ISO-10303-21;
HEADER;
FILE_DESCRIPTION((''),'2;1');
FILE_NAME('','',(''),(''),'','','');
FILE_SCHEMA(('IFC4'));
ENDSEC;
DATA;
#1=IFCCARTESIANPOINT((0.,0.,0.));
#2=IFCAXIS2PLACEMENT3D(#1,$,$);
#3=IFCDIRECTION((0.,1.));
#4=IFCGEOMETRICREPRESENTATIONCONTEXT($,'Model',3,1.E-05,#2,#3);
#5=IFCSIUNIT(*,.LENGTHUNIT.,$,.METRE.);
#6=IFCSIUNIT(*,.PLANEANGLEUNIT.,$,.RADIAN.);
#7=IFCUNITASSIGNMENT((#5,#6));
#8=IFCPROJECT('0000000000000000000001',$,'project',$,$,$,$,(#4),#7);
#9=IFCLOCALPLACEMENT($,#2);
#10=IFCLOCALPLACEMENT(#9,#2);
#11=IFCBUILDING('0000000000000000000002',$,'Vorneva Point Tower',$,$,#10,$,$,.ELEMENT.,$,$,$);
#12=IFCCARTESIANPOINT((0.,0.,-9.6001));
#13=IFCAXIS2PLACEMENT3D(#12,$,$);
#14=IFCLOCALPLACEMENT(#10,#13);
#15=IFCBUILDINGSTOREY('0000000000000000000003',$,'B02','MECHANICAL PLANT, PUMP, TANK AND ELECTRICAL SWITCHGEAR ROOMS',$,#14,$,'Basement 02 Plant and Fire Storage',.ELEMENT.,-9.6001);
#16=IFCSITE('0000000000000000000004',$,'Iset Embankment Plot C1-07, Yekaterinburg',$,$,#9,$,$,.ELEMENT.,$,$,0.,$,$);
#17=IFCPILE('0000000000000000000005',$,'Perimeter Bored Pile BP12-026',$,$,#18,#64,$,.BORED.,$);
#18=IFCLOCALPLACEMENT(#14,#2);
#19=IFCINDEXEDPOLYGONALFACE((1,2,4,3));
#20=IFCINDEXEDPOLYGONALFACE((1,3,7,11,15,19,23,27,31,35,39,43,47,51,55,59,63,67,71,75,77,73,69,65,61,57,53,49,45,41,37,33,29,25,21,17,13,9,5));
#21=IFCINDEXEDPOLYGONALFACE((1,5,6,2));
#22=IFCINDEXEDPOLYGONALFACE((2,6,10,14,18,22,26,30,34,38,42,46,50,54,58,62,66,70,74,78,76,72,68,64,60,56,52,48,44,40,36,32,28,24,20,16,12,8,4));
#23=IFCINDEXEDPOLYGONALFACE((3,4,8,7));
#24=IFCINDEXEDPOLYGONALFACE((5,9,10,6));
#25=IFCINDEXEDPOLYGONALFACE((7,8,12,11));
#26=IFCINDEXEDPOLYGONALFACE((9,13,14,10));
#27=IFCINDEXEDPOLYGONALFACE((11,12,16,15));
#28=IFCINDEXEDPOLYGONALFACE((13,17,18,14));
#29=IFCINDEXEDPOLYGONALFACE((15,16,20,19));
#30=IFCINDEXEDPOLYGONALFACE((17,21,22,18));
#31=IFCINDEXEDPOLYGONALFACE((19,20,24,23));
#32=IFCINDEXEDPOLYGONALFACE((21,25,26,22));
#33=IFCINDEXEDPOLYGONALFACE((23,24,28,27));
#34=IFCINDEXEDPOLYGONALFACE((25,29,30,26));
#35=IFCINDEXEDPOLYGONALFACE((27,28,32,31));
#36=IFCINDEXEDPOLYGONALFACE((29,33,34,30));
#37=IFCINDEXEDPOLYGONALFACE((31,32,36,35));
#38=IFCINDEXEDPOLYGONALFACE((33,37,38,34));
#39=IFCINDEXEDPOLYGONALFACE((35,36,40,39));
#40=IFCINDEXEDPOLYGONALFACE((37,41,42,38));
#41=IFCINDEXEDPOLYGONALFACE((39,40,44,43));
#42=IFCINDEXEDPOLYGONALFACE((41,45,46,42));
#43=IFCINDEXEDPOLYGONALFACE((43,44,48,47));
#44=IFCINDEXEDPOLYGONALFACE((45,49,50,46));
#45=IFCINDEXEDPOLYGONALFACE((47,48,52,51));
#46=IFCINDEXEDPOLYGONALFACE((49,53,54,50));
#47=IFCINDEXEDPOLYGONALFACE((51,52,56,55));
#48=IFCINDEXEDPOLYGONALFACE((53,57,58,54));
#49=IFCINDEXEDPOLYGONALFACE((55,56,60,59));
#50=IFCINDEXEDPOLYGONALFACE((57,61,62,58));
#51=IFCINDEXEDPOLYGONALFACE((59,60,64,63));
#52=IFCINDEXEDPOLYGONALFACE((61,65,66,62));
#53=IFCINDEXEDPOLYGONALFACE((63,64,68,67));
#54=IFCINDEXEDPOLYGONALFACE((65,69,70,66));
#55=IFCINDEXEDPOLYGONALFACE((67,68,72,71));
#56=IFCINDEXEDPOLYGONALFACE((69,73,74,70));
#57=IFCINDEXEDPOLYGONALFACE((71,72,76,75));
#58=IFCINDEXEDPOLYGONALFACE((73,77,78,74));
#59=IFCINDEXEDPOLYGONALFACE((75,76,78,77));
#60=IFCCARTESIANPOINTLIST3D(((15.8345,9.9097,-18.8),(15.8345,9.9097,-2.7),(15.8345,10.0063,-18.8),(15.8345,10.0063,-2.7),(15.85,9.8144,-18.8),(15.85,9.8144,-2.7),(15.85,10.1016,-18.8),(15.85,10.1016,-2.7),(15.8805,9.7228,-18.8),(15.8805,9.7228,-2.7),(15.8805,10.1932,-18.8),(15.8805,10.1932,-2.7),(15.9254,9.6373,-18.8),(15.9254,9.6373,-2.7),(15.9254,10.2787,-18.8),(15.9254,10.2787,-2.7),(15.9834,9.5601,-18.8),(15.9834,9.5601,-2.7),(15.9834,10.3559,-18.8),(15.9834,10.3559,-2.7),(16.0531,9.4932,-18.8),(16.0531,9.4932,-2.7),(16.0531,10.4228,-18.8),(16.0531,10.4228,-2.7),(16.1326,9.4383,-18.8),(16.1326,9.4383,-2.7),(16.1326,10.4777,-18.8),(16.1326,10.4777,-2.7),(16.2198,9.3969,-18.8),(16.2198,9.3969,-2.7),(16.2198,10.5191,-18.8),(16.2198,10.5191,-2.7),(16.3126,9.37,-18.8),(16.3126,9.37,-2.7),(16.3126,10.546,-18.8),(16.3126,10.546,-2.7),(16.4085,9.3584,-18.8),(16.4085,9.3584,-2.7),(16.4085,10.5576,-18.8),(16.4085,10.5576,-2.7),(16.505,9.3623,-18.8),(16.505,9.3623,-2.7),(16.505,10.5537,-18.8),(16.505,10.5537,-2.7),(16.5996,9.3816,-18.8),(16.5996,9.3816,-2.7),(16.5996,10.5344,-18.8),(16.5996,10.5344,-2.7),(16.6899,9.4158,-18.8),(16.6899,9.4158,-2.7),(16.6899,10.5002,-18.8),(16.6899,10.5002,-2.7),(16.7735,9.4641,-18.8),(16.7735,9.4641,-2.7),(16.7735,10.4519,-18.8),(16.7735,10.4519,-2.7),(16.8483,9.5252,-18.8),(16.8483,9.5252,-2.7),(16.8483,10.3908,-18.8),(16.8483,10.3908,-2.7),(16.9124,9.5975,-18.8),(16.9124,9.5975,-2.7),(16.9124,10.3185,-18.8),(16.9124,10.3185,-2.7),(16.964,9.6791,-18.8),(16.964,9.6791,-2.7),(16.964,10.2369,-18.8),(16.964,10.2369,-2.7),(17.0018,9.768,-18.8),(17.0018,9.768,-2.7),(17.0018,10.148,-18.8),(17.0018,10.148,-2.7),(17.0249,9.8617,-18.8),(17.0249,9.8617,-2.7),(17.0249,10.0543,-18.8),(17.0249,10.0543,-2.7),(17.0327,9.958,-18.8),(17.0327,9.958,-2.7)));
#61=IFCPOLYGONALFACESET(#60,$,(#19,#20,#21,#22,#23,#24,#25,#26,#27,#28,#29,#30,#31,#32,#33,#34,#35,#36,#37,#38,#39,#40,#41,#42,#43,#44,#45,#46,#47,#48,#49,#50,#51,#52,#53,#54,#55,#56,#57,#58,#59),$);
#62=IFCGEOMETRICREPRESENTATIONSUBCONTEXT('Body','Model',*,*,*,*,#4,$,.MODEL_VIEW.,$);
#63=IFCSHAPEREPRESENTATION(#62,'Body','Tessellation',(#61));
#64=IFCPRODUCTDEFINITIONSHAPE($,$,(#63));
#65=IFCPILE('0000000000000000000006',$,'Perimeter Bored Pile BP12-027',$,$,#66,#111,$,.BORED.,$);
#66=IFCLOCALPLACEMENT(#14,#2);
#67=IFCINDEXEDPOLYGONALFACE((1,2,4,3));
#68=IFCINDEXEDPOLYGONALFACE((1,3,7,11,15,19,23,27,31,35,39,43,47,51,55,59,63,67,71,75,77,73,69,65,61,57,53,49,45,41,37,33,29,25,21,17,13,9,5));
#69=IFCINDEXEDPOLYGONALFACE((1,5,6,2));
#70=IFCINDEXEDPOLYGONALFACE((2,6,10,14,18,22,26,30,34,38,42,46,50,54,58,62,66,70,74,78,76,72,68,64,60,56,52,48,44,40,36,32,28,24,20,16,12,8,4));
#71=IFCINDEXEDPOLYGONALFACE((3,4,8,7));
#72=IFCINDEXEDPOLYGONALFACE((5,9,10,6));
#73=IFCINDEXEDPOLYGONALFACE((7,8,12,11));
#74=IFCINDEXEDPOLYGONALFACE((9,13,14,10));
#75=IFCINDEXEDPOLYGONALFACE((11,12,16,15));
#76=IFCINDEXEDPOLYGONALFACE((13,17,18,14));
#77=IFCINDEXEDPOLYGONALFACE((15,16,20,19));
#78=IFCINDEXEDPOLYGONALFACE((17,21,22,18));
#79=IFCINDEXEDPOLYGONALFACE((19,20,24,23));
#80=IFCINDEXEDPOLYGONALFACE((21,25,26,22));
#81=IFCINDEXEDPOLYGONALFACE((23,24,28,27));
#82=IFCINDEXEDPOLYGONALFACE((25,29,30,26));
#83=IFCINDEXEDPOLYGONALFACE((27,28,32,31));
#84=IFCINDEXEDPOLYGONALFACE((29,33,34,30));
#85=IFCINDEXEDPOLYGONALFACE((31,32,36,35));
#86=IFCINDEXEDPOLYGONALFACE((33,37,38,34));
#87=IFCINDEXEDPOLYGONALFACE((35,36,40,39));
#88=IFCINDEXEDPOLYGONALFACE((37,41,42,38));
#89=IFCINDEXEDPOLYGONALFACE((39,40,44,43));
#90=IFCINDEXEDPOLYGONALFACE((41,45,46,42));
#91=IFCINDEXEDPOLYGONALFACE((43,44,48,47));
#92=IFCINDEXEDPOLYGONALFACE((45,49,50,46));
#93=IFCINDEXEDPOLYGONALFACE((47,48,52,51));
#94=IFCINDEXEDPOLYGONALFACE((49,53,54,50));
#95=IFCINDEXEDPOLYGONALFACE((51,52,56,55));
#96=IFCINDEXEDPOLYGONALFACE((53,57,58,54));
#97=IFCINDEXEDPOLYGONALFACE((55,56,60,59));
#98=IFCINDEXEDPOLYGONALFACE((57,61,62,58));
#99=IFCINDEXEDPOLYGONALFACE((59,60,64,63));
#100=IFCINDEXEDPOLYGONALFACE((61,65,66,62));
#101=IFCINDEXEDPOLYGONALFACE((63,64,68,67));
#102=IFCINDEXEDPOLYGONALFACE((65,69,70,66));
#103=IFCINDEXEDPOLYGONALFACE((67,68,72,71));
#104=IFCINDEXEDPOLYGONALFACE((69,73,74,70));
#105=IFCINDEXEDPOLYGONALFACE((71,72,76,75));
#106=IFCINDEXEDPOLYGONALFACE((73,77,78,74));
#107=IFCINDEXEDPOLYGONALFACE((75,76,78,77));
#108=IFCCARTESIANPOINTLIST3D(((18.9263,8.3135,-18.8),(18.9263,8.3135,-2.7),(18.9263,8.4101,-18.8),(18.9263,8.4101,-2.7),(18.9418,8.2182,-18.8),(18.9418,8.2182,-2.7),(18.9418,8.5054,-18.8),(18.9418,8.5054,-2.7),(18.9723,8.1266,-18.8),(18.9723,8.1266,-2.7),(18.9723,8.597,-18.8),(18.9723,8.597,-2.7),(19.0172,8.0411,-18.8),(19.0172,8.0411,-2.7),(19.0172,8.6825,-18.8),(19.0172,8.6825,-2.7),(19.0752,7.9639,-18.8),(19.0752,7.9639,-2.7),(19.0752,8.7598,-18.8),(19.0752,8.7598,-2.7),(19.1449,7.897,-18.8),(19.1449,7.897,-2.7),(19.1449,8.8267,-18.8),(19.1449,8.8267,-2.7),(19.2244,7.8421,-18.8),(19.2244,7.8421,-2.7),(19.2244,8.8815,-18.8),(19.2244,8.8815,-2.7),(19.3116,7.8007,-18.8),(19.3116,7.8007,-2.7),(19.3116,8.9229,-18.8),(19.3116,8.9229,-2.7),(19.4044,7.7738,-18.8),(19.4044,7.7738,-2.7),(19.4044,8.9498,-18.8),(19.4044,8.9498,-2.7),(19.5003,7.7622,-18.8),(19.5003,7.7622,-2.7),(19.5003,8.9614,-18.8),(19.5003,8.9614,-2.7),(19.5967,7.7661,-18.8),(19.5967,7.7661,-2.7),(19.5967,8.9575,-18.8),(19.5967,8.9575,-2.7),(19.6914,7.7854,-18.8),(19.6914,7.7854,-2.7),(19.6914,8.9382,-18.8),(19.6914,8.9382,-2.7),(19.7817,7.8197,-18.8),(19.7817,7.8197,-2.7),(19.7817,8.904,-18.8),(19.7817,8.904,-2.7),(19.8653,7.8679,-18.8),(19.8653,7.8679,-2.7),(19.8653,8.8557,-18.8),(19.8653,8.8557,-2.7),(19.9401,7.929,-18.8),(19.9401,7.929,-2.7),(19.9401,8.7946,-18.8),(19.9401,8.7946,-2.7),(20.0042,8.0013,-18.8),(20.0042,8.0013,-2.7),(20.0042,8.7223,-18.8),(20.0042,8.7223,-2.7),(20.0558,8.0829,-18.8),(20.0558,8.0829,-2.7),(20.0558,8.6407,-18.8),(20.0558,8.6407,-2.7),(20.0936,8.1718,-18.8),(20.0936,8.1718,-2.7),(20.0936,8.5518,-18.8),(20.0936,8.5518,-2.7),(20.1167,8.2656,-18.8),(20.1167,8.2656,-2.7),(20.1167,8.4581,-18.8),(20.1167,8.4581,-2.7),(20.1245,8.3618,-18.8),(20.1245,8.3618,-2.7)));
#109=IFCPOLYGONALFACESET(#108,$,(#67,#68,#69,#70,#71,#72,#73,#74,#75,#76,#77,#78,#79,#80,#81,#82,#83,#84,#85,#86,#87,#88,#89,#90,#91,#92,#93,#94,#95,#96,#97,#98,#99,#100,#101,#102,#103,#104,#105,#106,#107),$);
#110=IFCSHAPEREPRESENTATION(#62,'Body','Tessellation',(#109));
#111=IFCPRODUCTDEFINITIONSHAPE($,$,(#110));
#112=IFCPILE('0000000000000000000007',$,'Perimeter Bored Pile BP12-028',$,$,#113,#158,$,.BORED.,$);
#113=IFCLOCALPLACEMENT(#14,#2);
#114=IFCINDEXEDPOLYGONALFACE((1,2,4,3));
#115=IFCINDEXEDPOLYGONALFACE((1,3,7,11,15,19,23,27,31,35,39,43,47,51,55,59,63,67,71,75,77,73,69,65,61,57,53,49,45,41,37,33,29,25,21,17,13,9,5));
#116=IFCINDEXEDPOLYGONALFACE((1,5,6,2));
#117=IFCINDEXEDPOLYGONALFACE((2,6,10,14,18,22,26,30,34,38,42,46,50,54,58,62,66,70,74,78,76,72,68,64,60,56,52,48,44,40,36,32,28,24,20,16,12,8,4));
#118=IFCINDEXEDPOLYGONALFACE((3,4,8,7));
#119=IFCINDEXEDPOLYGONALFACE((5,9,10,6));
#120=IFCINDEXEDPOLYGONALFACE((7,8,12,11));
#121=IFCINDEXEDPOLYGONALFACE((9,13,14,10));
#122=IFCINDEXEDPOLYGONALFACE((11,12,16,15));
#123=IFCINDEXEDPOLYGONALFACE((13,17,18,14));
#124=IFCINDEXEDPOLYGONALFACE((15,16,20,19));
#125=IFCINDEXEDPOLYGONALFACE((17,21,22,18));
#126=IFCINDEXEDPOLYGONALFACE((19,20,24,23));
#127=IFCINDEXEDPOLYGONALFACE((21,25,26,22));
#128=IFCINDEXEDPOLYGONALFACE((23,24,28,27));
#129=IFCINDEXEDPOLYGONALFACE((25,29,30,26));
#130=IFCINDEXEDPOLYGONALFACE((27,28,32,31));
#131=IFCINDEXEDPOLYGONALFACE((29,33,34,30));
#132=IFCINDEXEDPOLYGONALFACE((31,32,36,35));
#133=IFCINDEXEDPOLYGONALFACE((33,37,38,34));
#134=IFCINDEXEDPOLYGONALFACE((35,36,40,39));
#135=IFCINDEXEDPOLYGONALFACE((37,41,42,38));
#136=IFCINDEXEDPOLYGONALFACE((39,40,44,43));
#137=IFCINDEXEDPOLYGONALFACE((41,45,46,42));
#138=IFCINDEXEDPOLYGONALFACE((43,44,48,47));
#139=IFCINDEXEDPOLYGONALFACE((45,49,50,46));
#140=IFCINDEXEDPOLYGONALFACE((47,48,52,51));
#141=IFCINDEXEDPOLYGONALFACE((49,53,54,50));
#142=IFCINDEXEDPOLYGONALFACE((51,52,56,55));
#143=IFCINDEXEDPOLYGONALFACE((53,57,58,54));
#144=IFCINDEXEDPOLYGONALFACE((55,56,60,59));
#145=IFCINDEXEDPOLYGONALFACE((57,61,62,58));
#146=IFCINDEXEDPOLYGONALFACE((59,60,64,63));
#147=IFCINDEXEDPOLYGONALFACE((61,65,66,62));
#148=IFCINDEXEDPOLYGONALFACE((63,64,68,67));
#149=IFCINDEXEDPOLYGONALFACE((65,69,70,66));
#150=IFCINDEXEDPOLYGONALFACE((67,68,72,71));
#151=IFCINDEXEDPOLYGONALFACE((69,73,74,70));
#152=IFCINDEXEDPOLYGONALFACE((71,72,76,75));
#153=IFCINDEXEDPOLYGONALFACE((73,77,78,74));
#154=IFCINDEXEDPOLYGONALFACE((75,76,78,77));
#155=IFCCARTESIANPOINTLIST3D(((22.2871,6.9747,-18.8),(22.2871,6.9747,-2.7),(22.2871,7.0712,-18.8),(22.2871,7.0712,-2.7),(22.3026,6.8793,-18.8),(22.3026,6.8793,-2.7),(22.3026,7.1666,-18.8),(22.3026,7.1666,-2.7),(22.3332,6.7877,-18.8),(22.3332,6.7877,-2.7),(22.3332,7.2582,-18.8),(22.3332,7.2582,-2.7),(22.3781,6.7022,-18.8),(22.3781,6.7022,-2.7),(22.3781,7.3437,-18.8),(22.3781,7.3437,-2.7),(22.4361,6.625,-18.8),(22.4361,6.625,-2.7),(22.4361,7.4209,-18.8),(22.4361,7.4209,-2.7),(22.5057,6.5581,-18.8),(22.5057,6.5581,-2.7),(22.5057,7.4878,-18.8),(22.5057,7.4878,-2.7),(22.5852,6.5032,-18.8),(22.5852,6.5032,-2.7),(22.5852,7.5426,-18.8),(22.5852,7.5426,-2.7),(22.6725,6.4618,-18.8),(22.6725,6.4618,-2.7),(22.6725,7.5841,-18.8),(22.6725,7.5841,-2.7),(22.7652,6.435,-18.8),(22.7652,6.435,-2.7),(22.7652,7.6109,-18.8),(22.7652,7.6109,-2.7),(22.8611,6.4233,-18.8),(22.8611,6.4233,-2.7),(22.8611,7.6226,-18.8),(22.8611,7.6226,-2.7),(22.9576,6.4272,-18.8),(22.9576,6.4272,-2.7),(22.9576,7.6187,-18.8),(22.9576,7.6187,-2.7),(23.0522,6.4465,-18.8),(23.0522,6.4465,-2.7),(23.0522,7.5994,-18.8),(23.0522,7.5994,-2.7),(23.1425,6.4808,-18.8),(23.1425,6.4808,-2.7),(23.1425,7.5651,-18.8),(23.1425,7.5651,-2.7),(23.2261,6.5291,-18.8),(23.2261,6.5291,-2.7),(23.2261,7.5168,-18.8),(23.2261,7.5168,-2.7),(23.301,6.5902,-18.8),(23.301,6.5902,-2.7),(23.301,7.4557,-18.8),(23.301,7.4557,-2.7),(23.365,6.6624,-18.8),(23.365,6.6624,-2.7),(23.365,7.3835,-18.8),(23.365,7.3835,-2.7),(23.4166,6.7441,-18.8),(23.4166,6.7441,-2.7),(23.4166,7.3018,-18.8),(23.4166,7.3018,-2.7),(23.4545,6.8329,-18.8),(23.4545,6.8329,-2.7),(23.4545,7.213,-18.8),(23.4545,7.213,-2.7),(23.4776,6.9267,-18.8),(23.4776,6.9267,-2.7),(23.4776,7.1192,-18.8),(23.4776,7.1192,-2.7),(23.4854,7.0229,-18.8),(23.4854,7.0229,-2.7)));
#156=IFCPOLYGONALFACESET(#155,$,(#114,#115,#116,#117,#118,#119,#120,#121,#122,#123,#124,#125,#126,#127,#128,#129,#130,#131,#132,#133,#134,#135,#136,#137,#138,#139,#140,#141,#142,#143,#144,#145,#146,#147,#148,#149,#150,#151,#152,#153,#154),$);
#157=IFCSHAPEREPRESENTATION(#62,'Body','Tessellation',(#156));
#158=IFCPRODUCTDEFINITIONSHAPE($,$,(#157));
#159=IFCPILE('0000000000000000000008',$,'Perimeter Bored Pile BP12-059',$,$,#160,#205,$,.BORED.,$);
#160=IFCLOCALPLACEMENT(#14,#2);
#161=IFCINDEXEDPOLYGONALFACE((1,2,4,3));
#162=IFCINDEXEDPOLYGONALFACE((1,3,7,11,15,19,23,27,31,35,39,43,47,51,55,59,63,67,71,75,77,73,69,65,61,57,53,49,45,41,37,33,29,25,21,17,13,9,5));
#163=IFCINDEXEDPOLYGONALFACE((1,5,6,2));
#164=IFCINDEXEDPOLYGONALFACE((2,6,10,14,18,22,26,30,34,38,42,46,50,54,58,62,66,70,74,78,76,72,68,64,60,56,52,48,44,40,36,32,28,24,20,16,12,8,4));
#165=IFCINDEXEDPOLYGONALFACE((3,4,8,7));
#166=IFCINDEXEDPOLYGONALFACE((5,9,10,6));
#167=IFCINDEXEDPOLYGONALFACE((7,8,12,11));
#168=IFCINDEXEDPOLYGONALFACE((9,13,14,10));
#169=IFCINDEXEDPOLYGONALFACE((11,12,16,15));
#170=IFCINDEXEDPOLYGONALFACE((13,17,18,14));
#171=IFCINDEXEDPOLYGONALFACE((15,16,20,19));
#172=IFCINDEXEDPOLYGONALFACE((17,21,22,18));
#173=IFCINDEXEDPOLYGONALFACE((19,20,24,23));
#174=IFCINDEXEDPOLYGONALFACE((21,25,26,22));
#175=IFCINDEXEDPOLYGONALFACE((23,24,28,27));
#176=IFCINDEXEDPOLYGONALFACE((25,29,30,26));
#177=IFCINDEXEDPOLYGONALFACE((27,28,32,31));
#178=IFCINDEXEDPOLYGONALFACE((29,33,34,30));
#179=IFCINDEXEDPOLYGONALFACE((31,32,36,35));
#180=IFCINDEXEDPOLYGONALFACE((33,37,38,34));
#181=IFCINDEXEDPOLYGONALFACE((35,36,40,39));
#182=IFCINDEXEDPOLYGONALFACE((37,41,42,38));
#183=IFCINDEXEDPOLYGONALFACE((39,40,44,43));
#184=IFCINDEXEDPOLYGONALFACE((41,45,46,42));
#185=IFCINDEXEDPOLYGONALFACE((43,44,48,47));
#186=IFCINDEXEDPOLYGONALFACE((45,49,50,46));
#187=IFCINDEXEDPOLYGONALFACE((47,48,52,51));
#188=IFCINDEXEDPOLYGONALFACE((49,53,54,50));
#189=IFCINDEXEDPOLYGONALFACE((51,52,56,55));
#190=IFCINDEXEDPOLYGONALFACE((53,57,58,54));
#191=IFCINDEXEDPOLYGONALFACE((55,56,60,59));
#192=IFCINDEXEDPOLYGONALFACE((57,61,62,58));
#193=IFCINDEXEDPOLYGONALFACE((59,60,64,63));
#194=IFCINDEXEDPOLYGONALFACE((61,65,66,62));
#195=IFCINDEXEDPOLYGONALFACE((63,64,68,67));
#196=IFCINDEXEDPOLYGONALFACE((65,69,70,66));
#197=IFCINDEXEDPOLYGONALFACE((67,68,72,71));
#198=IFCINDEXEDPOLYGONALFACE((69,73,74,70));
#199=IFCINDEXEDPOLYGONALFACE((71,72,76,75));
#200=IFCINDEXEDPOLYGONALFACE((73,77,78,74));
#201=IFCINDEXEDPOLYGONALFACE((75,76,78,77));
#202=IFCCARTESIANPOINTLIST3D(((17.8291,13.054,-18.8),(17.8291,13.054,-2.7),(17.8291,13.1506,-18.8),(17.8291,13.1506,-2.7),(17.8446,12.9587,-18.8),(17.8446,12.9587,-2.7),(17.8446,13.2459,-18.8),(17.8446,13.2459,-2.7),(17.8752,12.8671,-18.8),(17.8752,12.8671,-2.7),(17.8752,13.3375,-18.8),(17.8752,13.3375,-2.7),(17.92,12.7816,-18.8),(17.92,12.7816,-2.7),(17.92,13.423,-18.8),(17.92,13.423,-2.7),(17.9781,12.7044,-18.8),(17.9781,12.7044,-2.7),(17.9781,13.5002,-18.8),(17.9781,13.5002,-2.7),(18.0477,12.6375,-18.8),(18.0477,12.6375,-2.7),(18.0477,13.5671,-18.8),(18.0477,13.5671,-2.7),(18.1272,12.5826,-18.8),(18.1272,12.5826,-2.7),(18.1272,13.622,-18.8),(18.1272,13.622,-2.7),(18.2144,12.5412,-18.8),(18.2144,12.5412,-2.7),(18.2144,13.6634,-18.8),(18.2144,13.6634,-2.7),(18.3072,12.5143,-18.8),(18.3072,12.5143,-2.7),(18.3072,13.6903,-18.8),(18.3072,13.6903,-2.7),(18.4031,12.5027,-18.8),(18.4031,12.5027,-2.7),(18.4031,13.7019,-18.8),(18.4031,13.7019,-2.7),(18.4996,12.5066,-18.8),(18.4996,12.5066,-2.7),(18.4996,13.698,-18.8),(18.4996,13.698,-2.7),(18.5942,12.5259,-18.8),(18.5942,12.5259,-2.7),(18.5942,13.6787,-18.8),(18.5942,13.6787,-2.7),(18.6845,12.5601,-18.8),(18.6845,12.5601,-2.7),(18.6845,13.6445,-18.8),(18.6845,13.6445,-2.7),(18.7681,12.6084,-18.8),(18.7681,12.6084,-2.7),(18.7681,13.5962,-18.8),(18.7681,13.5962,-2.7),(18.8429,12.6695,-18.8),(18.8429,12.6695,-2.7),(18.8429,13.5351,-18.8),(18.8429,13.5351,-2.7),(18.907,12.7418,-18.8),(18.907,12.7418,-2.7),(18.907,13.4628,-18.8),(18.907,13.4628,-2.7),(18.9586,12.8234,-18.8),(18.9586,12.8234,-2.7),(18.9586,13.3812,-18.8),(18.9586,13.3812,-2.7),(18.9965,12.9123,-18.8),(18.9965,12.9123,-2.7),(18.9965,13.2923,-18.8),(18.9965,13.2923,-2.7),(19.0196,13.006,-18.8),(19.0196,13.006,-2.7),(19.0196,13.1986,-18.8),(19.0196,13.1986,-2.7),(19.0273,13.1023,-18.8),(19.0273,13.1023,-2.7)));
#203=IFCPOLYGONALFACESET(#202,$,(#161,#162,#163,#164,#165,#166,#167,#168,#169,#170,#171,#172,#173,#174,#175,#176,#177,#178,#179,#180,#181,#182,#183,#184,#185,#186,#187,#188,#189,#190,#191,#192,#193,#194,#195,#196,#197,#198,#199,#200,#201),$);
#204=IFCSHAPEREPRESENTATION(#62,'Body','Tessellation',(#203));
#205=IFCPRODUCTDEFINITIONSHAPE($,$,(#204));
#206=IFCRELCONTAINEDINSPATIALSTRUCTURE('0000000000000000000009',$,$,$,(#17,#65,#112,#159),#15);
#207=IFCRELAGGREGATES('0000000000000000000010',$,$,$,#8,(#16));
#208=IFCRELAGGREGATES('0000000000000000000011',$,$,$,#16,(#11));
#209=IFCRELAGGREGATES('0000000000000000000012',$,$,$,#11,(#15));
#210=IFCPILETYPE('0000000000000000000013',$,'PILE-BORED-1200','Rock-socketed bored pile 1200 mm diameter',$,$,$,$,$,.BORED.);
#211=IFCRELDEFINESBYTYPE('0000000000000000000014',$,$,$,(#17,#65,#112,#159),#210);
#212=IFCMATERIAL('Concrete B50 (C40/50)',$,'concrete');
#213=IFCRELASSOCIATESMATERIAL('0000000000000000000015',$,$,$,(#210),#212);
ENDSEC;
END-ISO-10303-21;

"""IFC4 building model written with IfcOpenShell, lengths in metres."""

from ifc_helpers import new_model, si_unit, direction, frame, origin, origin_2d, place, context, subcontext, project, spatial, circle, extrude, material, material_profile, profile_set, type_object, element, save


model = new_model("IFC4")

# Units and contexts
model_context = context("Model", 3, precision=1e-05, world=origin(), true_north=direction((0.0, 1.0)))
body_context = subcontext(model_context, "Body", "Model", "MODEL_VIEW")
ifc_project = project(units=[si_unit("LENGTHUNIT", "METRE"), si_unit("PLANEANGLEUNIT", "RADIAN")], contexts=[model_context])

# Site, building, storey
site_placement = place(None, origin())
site = spatial("IfcSite", under=ifc_project, at=site_placement, Name="Iset Embankment Plot C1-07, Yekaterinburg", CompositionType="ELEMENT", RefElevation=0.0)
building_placement = place(site_placement, origin())
building = spatial("IfcBuilding", under=site, at=building_placement, Name="Vorneva Point Tower", CompositionType="ELEMENT")
storey_placement = place(building_placement, frame((0.0, 0.0, -9.6001)))
storey = spatial("IfcBuildingStorey", under=building, at=storey_placement, Name="B02", Description="MECHANICAL PLANT, PUMP, TANK AND ELECTRICAL SWITCHGEAR ROOMS", LongName="Basement 02 Plant and Fire Storage", CompositionType="ELEMENT", Elevation=-9.6001)

# Piles
ifc_material_1 = material(Name="Concrete B50 (C40/50)", Category="concrete")
ifc_material_profile_1 = material_profile(ifc_material_1, circle(Radius=0.6001, at=origin_2d()), Name="PILE-1200")
ifc_profile_set_1 = profile_set([ifc_material_profile_1], Name="Concrete B50 (C40/50)")
pile_type_1 = type_object("IfcPileType", Name="PILE-BORED-1200", Description="Rock-socketed bored pile 1200 mm diameter", PredefinedType="BORED", material=ifc_profile_set_1)
for number, where, z_axis, x_axis, name in (
    (1, (16.4326, 9.958, -2.7), (0.0, 0.0, -1.0), (1.0, 0.0, 0.0), "Perimeter Bored Pile BP12-026"),
    (2, (19.5244, 8.3618, -2.7), (0.0, 0.0, -1.0), (1.0, 0.0, 0.0), "Perimeter Bored Pile BP12-027"),
    (3, (22.8853, 7.0229, -2.7), (0.0, 0.0, -1.0), (1.0, 0.0, 0.0), "Perimeter Bored Pile BP12-028"),
    (4, (18.4272, 13.1023, -2.7), (0.0, 0.0, -1.0), (1.0, 0.0, 0.0), "Perimeter Bored Pile BP12-059"),
):
    element("IfcPile", number, at=place(storey_placement, frame(where, z_axis=z_axis, x_axis=x_axis)), inside=storey, type_object=pile_type_1, Name=name, PredefinedType="BORED", context=body_context, shape_type="SweptSolid", body=[
        extrude(circle(Radius=0.6001, at=origin_2d()), origin(), (0.0, 0.0, 1.0), 16.1001),
    ])

save(model, "model.ifc")
